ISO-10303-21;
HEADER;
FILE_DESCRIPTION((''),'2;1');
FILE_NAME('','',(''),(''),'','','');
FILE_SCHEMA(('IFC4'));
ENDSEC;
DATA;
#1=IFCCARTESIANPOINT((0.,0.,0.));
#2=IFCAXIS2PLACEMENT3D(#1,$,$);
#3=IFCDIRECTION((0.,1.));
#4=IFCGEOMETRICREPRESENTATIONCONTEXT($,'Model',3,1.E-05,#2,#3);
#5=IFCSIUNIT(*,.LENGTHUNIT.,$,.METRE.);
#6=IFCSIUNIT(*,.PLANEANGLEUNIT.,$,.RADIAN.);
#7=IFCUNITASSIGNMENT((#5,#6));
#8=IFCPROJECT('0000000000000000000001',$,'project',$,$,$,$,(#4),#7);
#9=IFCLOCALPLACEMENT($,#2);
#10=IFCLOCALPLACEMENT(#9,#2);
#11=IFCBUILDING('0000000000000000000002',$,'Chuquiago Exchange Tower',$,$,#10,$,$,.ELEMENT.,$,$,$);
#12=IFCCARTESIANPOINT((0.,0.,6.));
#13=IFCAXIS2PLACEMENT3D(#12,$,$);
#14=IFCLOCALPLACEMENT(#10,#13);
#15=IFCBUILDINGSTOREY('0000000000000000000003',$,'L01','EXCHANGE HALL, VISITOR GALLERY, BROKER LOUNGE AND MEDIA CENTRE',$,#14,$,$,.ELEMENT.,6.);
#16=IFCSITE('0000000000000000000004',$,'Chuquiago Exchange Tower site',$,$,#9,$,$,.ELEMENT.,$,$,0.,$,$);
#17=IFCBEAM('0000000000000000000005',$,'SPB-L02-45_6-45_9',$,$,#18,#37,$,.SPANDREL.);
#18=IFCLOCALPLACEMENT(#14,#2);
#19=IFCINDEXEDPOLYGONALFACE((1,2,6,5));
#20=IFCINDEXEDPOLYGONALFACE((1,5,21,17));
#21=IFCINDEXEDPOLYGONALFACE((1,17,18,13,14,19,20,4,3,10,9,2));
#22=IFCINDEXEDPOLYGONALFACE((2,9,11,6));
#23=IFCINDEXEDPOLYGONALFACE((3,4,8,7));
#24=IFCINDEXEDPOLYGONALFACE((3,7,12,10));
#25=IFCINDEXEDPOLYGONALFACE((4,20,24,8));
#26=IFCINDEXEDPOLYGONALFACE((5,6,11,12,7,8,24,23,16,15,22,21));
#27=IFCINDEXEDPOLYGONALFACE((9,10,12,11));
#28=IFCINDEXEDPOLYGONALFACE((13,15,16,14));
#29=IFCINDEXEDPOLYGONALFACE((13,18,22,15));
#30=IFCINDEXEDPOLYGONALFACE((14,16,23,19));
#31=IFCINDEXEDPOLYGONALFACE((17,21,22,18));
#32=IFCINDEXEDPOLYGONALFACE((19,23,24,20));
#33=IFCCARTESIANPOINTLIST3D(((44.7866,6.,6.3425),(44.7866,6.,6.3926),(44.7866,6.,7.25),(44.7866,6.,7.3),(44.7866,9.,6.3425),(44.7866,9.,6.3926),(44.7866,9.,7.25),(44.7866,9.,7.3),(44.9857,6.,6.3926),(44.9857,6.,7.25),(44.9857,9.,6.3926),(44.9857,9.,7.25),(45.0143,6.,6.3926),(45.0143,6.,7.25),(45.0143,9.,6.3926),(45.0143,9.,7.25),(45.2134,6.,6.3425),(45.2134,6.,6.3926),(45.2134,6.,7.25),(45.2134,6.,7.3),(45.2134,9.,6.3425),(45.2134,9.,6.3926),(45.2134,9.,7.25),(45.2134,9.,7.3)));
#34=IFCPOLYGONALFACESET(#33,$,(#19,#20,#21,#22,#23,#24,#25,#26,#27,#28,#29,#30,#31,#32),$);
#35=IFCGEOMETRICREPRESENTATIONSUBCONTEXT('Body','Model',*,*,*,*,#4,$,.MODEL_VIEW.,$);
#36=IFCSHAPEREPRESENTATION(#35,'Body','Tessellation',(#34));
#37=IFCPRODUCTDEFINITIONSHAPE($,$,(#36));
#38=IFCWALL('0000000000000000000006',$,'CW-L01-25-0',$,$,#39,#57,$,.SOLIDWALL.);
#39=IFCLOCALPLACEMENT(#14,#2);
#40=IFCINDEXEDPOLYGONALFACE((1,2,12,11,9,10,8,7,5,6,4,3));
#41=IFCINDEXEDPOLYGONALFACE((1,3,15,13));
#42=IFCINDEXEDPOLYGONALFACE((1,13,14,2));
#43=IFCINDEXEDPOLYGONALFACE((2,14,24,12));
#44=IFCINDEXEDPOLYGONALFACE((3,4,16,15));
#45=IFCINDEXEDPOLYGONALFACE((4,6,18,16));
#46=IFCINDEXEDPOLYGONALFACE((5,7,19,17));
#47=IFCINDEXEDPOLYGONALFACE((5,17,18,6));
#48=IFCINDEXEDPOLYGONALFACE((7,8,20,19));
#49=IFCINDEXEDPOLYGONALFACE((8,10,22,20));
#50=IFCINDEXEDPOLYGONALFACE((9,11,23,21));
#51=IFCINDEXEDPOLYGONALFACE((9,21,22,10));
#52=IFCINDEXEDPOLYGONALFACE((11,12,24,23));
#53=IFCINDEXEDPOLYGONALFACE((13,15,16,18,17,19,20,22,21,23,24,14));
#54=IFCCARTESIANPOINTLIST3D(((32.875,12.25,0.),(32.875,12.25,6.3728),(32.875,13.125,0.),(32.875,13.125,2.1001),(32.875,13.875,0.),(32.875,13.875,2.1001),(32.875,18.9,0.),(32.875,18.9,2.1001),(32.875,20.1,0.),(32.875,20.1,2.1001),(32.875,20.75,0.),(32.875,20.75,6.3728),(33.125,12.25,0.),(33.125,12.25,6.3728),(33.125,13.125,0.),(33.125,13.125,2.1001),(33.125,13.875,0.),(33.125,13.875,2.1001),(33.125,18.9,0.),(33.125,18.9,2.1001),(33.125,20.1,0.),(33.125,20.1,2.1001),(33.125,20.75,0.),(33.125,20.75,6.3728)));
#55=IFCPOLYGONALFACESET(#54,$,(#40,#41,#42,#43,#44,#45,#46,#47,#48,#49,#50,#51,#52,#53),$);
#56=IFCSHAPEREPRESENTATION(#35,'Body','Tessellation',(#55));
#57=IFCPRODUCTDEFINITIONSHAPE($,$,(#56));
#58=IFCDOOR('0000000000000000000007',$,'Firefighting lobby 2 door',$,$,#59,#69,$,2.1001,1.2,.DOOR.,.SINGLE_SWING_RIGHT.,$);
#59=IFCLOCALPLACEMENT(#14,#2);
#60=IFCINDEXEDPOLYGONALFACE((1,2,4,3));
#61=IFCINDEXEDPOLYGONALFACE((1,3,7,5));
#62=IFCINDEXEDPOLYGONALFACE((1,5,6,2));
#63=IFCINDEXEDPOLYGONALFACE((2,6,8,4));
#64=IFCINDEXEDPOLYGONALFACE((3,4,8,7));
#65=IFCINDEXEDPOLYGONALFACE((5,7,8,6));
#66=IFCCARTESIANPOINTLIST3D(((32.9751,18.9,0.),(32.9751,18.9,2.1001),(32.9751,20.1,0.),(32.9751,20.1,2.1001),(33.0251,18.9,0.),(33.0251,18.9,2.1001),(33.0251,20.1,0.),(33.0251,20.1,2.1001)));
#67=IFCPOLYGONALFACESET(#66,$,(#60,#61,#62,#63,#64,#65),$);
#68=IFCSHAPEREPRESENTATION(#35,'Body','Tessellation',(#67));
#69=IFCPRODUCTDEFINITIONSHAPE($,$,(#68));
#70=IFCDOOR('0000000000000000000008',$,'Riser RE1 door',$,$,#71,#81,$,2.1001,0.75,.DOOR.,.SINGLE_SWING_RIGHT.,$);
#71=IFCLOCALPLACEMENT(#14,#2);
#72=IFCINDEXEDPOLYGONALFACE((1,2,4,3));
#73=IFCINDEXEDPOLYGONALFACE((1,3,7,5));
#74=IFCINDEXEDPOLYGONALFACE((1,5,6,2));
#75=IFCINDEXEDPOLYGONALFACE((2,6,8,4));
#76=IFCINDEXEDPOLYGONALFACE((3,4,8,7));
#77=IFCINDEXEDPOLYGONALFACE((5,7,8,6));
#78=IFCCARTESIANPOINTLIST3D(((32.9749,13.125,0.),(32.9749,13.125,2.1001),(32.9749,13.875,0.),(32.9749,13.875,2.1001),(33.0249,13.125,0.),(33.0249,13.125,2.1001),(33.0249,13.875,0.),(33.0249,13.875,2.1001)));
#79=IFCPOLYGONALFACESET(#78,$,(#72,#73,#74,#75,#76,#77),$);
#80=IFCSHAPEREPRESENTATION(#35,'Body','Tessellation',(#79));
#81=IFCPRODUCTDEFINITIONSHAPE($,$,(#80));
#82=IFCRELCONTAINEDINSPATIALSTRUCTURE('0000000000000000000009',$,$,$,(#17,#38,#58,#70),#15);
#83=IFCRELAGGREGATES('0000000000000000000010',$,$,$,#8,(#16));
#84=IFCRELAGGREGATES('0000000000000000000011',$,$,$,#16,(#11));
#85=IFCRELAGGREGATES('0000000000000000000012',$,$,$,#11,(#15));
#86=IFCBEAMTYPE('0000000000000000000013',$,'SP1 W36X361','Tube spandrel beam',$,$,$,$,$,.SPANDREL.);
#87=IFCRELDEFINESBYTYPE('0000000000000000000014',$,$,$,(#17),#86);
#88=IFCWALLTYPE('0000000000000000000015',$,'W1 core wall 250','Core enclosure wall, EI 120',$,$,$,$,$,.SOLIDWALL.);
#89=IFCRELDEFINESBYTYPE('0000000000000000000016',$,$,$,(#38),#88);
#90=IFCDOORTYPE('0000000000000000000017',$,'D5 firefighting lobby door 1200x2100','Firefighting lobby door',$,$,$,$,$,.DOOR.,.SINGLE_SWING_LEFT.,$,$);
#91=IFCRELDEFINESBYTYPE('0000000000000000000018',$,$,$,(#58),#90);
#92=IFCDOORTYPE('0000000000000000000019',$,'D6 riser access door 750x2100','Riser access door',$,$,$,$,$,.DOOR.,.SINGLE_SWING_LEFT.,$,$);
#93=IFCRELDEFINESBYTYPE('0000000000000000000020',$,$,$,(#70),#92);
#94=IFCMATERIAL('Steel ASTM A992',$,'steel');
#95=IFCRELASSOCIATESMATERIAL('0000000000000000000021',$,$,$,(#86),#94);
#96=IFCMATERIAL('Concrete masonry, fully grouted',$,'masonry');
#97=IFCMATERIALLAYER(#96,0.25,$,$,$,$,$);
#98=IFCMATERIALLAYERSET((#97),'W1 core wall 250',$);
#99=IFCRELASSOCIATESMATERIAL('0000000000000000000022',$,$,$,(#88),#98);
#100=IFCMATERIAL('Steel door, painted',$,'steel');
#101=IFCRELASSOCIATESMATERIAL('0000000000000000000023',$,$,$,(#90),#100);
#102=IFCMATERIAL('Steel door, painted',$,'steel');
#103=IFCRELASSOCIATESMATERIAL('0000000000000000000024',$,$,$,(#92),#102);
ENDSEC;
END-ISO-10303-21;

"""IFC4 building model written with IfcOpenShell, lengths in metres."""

from ifc_helpers import new_model, si_unit, direction, frame, frame_2d, origin, origin_2d, place, context, subcontext, project, spatial, rectangle, i_section, extrude, material, layer, layer_set, material_profile, profile_set, type_object, element, fill, save


model = new_model("IFC4")

# Units and contexts
model_context = context("Model", 3, precision=1e-05, world=origin(), true_north=direction((0.0, 1.0)))
body_context = subcontext(model_context, "Body", "Model", "MODEL_VIEW")
ifc_project = project(units=[si_unit("LENGTHUNIT", "METRE"), si_unit("PLANEANGLEUNIT", "RADIAN")], contexts=[model_context])

# Site, building, storey
site_placement = place(None, origin())
site = spatial("IfcSite", under=ifc_project, at=site_placement, Name="Chuquiago Exchange Tower site", CompositionType="ELEMENT", RefElevation=0.0)
building_placement = place(site_placement, origin())
building = spatial("IfcBuilding", under=site, at=building_placement, Name="Chuquiago Exchange Tower", CompositionType="ELEMENT")
storey_placement = place(building_placement, frame((0.0, 0.0, 6.0)))
storey = spatial("IfcBuildingStorey", under=building, at=storey_placement, Name="L01", Description="EXCHANGE HALL, VISITOR GALLERY, BROKER LOUNGE AND MEDIA CENTRE", CompositionType="ELEMENT", Elevation=6.0)

# Beam
ifc_material_1 = material(Name="Steel ASTM A992", Category="steel")
ifc_material_profile_1 = material_profile(ifc_material_1, i_section(OverallWidth=0.4268, OverallDepth=0.9575, WebThickness=0.0286, FlangeThickness=0.05, at=origin_2d()), Name="W36X361")
ifc_profile_set_1 = profile_set([ifc_material_profile_1], Name="Steel ASTM A992")
beam_type_1 = type_object("IfcBeamType", Name="SP1 W36X361", Description="Tube spandrel beam", PredefinedType="SPANDREL", material=ifc_profile_set_1)
for number, where, z_axis, x_axis, name in (
    (1, (45.0, 6.0, 6.8213), (0.0, 1.0, 0.0), (-1.0, 0.0, 0.0), "SPB-L02-45_6-45_9"),
):
    element("IfcBeam", number, at=place(storey_placement, frame(where, z_axis=z_axis, x_axis=x_axis)), inside=storey, type_object=beam_type_1, Name=name, PredefinedType="SPANDREL", context=body_context, shape_type="SweptSolid", body=[
        extrude(i_section(OverallWidth=0.4268, OverallDepth=0.9575, WebThickness=0.0286, FlangeThickness=0.05, at=origin_2d()), origin(), (0.0, 0.0, 1.0), 3.0),
    ])

# Wall, openings, doors
ifc_material_2 = material(Name="Concrete masonry, fully grouted", Category="masonry")
ifc_layer = layer(ifc_material_2, 0.25)
ifc_layer_set = layer_set([ifc_layer], Name="W1 core wall 250")
wall_type = type_object("IfcWallType", Name="W1 core wall 250", Description="Core enclosure wall, EI 120", PredefinedType="SOLIDWALL", material=ifc_layer_set)
wall_placement = place(storey_placement, frame((33.0, 12.25, 0.0), z_axis=(0.0, 0.0, 1.0), x_axis=(0.0, 1.0, 0.0)))
wall = element("IfcWall", 2, at=wall_placement, inside=storey, type_object=wall_type, Name="CW-L01-25-0", PredefinedType="SOLIDWALL", context=body_context, shape_type="SweptSolid", body=[
    extrude(rectangle(XDim=8.5, YDim=0.25, at=frame_2d((4.25, 0.0))), origin(), (0.0, 0.0, 1.0), 6.3728),
])
opening_1_placement = place(wall_placement, frame((6.6499, 0.0, 0.0)))
opening_1 = element("IfcOpeningElement", 3, at=opening_1_placement, cuts=wall, PredefinedType="OPENING", context=body_context, shape_type="SweptSolid", body=[
    extrude(rectangle(XDim=1.2, YDim=2.1001, at=frame_2d((0.6001, 1.05))), frame((0.0, 0.135, 0.0), z_axis=(0.0, -1.0, 0.0), x_axis=(1.0, 0.0, 0.0)), (0.0, 0.0, 1.0), 0.27),
])
opening_2_placement = place(wall_placement, frame((0.875, 0.0, 0.0)))
opening_2 = element("IfcOpeningElement", 4, at=opening_2_placement, cuts=wall, PredefinedType="OPENING", context=body_context, shape_type="SweptSolid", body=[
    extrude(rectangle(XDim=0.75, YDim=2.1001, at=frame_2d((0.375, 1.05))), frame((0.0, 0.135, 0.0), z_axis=(0.0, -1.0, 0.0), x_axis=(1.0, 0.0, 0.0)), (0.0, 0.0, 1.0), 0.27),
])
ifc_material_3 = material(Name="Steel door, painted", Category="steel")
door_type_1 = type_object("IfcDoorType", Name="D5 firefighting lobby door 1200x2100", Description="Firefighting lobby door", OperationType="SINGLE_SWING_LEFT", PredefinedType="DOOR", material=ifc_material_3)
door_1_placement = place(opening_1_placement, origin())
door_1 = element("IfcDoor", 5, at=door_1_placement, inside=storey, type_object=door_type_1, Name="Firefighting lobby 2 door", OperationType="SINGLE_SWING_RIGHT", OverallHeight=2.1001, OverallWidth=1.2, PredefinedType="DOOR", context=body_context, shape_type="SweptSolid", body=[
    extrude(rectangle(XDim=1.2, YDim=2.1001, at=frame_2d((0.6001, 1.05))), frame((0.0, 0.0249, 0.0), z_axis=(0.0, -1.0, 0.0), x_axis=(1.0, 0.0, 0.0)), (0.0, 0.0, 1.0), 0.05),
])
fill(opening_1, door_1)
ifc_material_4 = material(Name="Steel door, painted", Category="steel")
door_type_2 = type_object("IfcDoorType", Name="D6 riser access door 750x2100", Description="Riser access door", OperationType="SINGLE_SWING_LEFT", PredefinedType="DOOR", material=ifc_material_4)
door_2_placement = place(opening_2_placement, frame((0.75, 0.0, 0.0), z_axis=(0.0, 0.0, 1.0), x_axis=(-1.0, 0.0, 0.0)))
door_2 = element("IfcDoor", 6, at=door_2_placement, inside=storey, type_object=door_type_2, Name="Riser RE1 door", OperationType="SINGLE_SWING_RIGHT", OverallHeight=2.1001, OverallWidth=0.75, PredefinedType="DOOR", context=body_context, shape_type="SweptSolid", body=[
    extrude(rectangle(XDim=0.75, YDim=2.1001, at=frame_2d((0.375, 1.05))), frame((0.0, 0.0249, 0.0), z_axis=(0.0, -1.0, 0.0), x_axis=(1.0, 0.0, 0.0)), (0.0, 0.0, 1.0), 0.05),
])
fill(opening_2, door_2)

save(model, "model.ifc")
